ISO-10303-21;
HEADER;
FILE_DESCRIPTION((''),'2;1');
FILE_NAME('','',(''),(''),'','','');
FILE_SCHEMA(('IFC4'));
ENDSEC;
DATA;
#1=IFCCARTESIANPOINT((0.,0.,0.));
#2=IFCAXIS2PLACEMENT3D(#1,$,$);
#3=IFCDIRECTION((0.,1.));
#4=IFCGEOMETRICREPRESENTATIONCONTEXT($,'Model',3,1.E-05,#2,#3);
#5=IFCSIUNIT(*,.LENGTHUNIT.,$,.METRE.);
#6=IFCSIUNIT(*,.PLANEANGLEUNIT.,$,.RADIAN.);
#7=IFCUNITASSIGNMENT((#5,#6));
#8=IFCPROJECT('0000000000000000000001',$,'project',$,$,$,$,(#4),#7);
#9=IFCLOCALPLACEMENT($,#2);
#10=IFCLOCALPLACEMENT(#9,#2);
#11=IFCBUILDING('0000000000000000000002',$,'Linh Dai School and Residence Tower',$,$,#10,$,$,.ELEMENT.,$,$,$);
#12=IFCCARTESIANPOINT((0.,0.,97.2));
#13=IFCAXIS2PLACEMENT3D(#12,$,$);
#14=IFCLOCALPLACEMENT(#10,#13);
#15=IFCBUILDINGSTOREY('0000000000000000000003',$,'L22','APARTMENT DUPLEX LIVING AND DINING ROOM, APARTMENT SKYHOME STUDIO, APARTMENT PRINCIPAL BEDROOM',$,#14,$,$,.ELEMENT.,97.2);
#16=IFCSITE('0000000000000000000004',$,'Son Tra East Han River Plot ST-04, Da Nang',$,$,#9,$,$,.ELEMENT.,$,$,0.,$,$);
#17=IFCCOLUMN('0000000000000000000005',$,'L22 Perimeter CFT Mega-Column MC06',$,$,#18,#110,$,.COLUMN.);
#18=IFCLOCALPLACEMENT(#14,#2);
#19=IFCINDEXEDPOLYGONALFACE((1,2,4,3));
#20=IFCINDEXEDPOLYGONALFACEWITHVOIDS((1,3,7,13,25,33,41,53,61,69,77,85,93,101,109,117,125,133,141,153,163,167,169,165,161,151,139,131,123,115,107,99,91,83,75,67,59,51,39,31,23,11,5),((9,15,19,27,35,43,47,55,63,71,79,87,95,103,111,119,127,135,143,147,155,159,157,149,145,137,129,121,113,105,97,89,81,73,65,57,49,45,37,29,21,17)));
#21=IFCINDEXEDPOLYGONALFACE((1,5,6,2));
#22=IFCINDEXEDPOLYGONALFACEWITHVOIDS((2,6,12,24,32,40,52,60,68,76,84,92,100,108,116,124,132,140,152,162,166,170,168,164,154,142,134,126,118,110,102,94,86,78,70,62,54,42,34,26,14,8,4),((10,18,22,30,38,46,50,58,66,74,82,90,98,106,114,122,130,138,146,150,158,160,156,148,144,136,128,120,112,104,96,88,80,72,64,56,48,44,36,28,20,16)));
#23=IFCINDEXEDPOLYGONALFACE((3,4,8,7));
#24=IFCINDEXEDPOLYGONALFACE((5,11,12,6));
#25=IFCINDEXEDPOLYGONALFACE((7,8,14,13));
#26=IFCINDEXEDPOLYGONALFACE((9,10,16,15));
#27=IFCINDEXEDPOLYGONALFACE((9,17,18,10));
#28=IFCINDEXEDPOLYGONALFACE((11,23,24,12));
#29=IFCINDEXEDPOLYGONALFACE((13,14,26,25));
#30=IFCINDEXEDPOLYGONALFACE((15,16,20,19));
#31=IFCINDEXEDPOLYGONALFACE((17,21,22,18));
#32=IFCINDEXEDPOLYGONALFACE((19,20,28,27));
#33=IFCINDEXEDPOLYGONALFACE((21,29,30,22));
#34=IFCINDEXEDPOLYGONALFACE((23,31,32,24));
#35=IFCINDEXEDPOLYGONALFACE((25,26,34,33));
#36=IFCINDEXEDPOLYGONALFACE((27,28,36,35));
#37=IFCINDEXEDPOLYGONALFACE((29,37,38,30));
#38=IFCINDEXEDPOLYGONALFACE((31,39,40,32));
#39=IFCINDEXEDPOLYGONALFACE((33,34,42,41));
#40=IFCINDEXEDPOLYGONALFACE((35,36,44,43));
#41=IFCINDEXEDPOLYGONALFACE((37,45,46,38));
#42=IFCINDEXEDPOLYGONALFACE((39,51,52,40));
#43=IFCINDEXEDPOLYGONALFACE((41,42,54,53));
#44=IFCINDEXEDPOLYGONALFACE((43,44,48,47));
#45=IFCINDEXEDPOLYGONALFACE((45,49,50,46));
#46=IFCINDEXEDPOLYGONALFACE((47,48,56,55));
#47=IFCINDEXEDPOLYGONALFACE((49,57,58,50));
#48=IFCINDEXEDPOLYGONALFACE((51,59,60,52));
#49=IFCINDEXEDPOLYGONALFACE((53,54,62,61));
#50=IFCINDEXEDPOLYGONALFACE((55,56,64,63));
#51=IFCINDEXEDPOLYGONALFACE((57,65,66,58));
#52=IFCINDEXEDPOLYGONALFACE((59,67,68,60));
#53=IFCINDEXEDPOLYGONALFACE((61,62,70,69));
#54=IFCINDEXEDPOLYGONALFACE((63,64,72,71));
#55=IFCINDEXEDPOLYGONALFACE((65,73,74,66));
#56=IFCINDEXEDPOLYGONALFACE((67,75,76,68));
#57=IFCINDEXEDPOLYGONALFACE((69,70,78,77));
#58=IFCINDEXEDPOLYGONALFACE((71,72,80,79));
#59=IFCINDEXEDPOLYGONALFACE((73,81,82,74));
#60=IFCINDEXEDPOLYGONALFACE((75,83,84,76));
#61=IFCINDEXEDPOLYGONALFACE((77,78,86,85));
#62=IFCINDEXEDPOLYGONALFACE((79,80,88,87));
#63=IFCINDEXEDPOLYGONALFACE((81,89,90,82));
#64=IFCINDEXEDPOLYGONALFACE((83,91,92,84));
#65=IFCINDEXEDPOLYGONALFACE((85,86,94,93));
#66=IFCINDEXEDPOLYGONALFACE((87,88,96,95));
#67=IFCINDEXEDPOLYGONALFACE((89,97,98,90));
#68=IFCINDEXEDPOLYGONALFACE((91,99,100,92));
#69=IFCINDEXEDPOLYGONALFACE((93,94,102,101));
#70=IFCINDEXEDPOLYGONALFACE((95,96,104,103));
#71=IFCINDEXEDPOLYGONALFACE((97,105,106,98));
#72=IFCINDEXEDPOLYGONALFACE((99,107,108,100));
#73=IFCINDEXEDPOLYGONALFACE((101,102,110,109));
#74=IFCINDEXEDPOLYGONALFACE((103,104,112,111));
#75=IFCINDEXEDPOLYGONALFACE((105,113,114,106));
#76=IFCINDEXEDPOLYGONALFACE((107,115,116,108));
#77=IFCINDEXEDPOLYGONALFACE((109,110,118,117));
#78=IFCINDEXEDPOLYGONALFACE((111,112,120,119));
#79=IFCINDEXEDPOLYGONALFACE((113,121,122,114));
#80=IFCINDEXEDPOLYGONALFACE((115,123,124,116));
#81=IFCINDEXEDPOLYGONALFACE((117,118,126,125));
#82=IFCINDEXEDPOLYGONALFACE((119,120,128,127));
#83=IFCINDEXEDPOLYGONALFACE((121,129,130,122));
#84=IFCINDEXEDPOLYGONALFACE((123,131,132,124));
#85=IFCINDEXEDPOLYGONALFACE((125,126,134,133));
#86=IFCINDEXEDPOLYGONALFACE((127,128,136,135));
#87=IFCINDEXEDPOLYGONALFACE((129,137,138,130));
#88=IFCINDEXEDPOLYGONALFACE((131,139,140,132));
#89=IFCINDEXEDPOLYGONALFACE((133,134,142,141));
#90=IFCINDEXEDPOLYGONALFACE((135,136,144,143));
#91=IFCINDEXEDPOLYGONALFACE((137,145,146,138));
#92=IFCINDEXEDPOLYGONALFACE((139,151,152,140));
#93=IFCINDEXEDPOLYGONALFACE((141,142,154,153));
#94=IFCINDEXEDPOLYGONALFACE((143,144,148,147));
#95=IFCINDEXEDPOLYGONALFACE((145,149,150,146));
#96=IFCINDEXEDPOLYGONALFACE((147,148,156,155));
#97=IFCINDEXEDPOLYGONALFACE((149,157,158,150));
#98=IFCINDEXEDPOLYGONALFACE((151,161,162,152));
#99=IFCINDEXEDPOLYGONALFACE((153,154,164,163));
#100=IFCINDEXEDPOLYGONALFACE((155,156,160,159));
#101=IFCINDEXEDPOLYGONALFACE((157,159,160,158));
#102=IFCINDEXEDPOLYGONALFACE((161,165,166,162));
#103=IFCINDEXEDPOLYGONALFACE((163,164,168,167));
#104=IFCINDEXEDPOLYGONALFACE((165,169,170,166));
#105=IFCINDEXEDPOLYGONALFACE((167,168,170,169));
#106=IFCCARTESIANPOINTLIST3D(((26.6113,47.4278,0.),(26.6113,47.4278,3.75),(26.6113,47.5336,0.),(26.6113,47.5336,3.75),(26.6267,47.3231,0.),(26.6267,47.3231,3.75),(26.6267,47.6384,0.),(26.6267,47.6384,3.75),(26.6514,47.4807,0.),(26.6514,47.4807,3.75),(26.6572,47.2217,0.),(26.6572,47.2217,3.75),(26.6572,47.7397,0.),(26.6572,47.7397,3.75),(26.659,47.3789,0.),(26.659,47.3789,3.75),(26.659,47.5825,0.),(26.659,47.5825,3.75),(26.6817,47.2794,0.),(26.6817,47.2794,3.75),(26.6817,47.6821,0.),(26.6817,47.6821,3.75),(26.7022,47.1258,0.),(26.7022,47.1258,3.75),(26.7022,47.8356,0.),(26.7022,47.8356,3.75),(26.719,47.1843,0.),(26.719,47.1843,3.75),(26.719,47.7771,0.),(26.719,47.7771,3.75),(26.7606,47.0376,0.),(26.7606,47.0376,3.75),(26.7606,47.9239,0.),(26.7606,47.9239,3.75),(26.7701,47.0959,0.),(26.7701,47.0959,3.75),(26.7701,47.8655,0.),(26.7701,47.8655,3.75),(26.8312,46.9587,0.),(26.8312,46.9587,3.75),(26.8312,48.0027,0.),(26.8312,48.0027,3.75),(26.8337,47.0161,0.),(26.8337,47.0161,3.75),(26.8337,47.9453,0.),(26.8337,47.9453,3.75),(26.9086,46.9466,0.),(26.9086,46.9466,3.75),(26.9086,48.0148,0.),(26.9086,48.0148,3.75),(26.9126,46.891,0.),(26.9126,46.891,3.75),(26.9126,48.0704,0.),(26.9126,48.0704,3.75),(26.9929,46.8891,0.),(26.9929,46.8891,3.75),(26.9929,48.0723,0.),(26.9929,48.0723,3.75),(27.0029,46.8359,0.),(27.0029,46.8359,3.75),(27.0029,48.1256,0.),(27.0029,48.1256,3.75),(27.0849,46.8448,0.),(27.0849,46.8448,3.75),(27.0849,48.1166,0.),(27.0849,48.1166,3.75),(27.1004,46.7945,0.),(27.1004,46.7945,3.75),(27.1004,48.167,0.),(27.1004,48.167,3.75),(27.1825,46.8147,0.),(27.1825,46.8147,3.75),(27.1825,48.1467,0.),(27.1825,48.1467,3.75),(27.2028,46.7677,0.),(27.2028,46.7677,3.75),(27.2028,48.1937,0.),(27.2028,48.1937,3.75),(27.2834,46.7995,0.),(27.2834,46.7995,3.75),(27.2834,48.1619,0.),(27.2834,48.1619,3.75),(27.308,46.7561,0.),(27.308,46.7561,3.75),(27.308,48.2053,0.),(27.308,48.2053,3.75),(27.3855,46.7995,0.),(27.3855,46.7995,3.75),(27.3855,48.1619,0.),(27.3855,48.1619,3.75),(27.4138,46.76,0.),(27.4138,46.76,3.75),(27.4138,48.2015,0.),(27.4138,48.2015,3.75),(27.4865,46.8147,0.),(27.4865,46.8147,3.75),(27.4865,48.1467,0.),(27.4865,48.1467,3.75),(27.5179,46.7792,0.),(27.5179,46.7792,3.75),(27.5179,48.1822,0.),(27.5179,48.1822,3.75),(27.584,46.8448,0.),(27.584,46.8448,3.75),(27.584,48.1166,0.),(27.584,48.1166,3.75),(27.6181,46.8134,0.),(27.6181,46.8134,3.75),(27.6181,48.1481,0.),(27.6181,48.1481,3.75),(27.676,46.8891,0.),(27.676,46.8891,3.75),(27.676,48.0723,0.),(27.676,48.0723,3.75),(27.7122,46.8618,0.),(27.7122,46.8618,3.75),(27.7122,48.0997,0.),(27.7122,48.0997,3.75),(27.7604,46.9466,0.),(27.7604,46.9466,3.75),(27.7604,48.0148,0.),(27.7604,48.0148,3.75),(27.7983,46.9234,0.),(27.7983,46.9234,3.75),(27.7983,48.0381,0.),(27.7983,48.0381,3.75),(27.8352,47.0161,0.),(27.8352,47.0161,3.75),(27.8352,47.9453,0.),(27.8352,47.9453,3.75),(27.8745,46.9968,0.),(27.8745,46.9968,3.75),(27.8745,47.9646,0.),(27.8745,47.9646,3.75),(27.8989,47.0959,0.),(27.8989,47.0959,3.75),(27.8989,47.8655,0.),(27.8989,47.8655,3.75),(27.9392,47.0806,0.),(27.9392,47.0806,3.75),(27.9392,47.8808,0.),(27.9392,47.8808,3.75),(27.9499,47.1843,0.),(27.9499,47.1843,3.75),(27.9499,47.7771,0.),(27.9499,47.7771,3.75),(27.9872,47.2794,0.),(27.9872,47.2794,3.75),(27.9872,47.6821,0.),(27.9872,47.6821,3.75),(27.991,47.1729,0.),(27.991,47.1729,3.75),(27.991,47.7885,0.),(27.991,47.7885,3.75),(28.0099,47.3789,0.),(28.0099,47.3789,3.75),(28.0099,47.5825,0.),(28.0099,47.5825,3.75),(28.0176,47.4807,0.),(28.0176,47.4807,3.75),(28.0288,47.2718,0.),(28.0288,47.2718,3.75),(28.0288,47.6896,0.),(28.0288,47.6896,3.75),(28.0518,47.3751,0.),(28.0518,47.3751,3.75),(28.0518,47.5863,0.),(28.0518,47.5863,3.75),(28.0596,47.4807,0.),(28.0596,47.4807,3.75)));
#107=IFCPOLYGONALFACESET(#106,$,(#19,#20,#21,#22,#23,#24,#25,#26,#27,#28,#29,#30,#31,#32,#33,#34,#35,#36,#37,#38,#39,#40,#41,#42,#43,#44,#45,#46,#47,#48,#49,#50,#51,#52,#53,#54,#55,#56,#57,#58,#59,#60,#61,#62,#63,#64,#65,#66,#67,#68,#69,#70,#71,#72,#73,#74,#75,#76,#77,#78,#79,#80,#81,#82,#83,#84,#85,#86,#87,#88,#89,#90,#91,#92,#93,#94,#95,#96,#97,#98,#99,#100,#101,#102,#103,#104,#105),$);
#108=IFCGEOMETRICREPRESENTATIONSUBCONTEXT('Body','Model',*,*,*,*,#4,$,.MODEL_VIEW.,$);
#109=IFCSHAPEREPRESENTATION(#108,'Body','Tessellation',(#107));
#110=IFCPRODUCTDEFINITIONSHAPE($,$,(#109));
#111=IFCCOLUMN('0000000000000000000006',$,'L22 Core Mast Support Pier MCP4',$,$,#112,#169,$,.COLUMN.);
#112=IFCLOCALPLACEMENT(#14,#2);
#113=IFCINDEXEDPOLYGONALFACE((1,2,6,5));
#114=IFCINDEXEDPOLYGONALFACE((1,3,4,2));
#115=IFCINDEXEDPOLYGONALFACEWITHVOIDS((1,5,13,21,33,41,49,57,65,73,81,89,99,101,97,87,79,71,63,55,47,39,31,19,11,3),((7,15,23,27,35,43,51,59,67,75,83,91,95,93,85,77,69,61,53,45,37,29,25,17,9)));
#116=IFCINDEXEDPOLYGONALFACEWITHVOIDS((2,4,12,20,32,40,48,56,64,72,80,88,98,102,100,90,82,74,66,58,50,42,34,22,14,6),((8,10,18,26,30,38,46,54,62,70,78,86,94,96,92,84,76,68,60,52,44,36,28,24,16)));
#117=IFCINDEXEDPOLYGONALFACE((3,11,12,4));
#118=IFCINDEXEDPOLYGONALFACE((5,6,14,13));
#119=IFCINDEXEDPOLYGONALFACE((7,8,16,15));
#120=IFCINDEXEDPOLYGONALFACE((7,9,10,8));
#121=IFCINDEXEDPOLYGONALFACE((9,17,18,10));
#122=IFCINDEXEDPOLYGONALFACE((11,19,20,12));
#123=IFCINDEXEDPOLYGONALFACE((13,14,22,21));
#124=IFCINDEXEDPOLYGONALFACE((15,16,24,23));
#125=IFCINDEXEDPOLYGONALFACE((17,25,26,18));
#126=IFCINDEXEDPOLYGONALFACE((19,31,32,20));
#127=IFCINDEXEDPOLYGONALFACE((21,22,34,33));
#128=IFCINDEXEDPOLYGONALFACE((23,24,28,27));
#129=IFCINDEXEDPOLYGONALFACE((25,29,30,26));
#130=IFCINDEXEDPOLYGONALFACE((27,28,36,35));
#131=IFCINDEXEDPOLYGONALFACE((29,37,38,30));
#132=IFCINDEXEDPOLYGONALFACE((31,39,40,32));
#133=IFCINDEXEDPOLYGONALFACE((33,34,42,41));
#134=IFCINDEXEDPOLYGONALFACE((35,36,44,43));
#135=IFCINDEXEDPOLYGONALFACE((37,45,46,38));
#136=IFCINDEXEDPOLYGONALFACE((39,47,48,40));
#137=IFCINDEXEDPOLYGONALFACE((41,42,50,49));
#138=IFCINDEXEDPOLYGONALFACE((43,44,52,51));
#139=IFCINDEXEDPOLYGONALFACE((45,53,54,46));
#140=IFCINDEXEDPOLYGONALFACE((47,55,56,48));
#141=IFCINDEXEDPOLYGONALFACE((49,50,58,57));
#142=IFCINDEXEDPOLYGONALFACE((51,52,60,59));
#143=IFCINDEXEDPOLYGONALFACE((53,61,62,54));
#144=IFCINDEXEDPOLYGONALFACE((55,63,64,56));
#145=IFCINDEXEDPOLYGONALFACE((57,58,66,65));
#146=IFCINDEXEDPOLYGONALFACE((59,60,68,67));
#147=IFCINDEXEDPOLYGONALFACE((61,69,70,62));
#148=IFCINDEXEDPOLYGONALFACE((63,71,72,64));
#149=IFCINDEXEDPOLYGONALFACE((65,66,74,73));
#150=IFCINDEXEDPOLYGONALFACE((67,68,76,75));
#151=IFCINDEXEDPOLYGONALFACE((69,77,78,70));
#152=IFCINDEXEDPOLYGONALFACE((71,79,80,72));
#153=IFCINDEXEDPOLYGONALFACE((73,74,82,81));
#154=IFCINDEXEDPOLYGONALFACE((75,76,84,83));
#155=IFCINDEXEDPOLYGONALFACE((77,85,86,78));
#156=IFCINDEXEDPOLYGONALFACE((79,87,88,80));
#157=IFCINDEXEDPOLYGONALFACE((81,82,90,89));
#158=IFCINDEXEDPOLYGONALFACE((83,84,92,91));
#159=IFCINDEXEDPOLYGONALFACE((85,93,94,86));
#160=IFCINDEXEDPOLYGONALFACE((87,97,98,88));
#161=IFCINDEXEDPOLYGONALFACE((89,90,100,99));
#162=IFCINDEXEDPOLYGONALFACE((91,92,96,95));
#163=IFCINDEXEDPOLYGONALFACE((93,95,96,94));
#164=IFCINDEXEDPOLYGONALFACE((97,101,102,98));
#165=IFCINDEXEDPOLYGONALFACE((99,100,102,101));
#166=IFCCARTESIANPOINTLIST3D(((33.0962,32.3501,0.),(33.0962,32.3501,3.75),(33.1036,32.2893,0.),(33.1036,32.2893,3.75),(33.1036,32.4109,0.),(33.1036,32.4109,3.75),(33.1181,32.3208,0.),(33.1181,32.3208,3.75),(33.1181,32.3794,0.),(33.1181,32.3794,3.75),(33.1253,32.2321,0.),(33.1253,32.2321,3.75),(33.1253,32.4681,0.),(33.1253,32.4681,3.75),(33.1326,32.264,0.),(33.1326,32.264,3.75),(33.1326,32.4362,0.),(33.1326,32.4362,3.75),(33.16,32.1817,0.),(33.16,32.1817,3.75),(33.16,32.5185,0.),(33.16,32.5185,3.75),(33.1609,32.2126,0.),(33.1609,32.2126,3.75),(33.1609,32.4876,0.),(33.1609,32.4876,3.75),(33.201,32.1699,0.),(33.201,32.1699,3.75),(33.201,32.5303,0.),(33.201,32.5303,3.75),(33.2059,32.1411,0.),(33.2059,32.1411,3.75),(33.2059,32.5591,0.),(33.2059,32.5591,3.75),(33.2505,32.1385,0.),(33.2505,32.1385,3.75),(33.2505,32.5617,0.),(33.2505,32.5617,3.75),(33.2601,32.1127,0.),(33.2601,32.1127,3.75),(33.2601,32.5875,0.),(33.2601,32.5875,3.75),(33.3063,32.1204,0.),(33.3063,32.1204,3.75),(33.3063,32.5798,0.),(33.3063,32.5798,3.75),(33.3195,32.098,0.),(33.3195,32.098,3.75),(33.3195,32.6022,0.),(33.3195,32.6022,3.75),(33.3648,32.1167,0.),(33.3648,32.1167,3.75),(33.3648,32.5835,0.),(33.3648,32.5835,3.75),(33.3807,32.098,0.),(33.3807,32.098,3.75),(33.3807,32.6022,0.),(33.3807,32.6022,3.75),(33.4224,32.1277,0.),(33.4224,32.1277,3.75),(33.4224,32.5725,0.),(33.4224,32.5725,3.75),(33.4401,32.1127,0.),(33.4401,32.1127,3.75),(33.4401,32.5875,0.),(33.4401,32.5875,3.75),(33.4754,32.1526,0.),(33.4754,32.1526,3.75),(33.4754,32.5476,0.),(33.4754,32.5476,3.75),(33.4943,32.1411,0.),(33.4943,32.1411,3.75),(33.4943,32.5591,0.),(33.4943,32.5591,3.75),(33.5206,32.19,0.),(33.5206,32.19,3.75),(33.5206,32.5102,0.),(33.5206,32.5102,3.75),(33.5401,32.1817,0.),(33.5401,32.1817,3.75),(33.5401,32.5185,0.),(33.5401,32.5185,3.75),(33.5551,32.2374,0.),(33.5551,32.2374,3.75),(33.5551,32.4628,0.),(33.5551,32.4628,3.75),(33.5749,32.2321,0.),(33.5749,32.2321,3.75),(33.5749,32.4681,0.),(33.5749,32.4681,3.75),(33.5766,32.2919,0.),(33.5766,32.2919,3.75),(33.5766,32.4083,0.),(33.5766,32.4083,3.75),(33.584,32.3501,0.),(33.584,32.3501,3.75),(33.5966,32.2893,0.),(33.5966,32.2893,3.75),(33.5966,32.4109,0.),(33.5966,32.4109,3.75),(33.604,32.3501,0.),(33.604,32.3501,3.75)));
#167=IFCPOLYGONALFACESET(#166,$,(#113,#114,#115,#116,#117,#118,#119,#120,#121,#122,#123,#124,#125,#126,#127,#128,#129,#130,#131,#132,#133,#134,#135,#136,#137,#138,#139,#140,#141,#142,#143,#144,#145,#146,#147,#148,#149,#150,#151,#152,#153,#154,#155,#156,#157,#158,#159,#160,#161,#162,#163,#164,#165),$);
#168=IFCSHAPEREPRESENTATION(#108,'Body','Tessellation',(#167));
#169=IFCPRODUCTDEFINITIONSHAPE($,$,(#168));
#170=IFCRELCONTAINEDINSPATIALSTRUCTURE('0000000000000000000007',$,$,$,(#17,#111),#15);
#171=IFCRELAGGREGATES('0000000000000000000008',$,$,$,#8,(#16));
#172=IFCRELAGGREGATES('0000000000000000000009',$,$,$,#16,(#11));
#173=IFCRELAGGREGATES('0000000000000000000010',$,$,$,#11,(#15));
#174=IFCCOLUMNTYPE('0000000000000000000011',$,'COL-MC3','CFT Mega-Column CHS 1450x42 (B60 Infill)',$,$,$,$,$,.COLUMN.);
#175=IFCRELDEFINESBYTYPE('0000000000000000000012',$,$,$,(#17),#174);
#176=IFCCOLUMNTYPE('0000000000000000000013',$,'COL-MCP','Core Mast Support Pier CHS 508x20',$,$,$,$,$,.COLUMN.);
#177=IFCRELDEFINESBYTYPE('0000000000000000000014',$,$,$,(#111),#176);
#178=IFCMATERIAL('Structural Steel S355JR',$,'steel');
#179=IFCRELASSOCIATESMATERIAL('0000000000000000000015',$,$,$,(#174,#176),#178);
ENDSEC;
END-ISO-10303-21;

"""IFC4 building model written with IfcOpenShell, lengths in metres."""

from ifc_helpers import new_model, si_unit, direction, frame, origin, origin_2d, place, context, subcontext, project, spatial, hollow_circle, extrude, material, material_profile, profile_set, type_object, element, save


model = new_model("IFC4")

# Units and contexts
model_context = context("Model", 3, precision=1e-05, world=origin(), true_north=direction((0.0, 1.0)))
body_context = subcontext(model_context, "Body", "Model", "MODEL_VIEW")
ifc_project = project(units=[si_unit("LENGTHUNIT", "METRE"), si_unit("PLANEANGLEUNIT", "RADIAN")], contexts=[model_context])

# Site, building, storey
site_placement = place(None, origin())
site = spatial("IfcSite", under=ifc_project, at=site_placement, Name="Son Tra East Han River Plot ST-04, Da Nang", CompositionType="ELEMENT", RefElevation=0.0)
building_placement = place(site_placement, origin())
building = spatial("IfcBuilding", under=site, at=building_placement, Name="Linh Dai School and Residence Tower", CompositionType="ELEMENT")
storey_placement = place(building_placement, frame((0.0, 0.0, 97.2)))
storey = spatial("IfcBuildingStorey", under=building, at=storey_placement, Name="L22", Description="APARTMENT DUPLEX LIVING AND DINING ROOM, APARTMENT SKYHOME STUDIO, APARTMENT PRINCIPAL BEDROOM", CompositionType="ELEMENT", Elevation=97.2)

# Columns
ifc_material_1 = material(Name="Structural Steel S355JR", Category="steel")
ifc_material_profile_1 = material_profile(ifc_material_1, hollow_circle(Radius=0.7251, WallThickness=0.042, at=origin_2d()), Name="CHS 1450x42")
ifc_profile_set_1 = profile_set([ifc_material_profile_1], Name="Structural Steel S355JR")
column_type_1 = type_object("IfcColumnType", Name="COL-MC3", Description="CFT Mega-Column CHS 1450x42 (B60 Infill)", PredefinedType="COLUMN", material=ifc_profile_set_1)
column_1_placement = place(storey_placement, frame((27.3345, 47.4807, 0.0), z_axis=(0.0, 0.0, 1.0), x_axis=(1.0, 0.0, 0.0)))
element("IfcColumn", 1, at=column_1_placement, inside=storey, type_object=column_type_1, Name="L22 Perimeter CFT Mega-Column MC06", PredefinedType="COLUMN", context=body_context, shape_type="SweptSolid", body=[
    extrude(hollow_circle(Radius=0.7251, WallThickness=0.042, at=origin_2d()), origin(), (0.0, 0.0, 1.0), 3.75),
])
ifc_material_profile_2 = material_profile(ifc_material_1, hollow_circle(Radius=0.2539, WallThickness=0.02, at=origin_2d()), Name="CHS 508x20")
ifc_profile_set_2 = profile_set([ifc_material_profile_2], Name="Structural Steel S355JR")
column_type_2 = type_object("IfcColumnType", Name="COL-MCP", Description="Core Mast Support Pier CHS 508x20", PredefinedType="COLUMN", material=ifc_profile_set_2)
column_2_placement = place(storey_placement, frame((33.3501, 32.3501, 0.0), z_axis=(0.0, 0.0, 1.0), x_axis=(1.0, 0.0, 0.0)))
element("IfcColumn", 2, at=column_2_placement, inside=storey, type_object=column_type_2, Name="L22 Core Mast Support Pier MCP4", PredefinedType="COLUMN", context=body_context, shape_type="SweptSolid", body=[
    extrude(hollow_circle(Radius=0.2539, WallThickness=0.02, at=origin_2d()), origin(), (0.0, 0.0, 1.0), 3.75),
])

save(model, "model.ifc")
